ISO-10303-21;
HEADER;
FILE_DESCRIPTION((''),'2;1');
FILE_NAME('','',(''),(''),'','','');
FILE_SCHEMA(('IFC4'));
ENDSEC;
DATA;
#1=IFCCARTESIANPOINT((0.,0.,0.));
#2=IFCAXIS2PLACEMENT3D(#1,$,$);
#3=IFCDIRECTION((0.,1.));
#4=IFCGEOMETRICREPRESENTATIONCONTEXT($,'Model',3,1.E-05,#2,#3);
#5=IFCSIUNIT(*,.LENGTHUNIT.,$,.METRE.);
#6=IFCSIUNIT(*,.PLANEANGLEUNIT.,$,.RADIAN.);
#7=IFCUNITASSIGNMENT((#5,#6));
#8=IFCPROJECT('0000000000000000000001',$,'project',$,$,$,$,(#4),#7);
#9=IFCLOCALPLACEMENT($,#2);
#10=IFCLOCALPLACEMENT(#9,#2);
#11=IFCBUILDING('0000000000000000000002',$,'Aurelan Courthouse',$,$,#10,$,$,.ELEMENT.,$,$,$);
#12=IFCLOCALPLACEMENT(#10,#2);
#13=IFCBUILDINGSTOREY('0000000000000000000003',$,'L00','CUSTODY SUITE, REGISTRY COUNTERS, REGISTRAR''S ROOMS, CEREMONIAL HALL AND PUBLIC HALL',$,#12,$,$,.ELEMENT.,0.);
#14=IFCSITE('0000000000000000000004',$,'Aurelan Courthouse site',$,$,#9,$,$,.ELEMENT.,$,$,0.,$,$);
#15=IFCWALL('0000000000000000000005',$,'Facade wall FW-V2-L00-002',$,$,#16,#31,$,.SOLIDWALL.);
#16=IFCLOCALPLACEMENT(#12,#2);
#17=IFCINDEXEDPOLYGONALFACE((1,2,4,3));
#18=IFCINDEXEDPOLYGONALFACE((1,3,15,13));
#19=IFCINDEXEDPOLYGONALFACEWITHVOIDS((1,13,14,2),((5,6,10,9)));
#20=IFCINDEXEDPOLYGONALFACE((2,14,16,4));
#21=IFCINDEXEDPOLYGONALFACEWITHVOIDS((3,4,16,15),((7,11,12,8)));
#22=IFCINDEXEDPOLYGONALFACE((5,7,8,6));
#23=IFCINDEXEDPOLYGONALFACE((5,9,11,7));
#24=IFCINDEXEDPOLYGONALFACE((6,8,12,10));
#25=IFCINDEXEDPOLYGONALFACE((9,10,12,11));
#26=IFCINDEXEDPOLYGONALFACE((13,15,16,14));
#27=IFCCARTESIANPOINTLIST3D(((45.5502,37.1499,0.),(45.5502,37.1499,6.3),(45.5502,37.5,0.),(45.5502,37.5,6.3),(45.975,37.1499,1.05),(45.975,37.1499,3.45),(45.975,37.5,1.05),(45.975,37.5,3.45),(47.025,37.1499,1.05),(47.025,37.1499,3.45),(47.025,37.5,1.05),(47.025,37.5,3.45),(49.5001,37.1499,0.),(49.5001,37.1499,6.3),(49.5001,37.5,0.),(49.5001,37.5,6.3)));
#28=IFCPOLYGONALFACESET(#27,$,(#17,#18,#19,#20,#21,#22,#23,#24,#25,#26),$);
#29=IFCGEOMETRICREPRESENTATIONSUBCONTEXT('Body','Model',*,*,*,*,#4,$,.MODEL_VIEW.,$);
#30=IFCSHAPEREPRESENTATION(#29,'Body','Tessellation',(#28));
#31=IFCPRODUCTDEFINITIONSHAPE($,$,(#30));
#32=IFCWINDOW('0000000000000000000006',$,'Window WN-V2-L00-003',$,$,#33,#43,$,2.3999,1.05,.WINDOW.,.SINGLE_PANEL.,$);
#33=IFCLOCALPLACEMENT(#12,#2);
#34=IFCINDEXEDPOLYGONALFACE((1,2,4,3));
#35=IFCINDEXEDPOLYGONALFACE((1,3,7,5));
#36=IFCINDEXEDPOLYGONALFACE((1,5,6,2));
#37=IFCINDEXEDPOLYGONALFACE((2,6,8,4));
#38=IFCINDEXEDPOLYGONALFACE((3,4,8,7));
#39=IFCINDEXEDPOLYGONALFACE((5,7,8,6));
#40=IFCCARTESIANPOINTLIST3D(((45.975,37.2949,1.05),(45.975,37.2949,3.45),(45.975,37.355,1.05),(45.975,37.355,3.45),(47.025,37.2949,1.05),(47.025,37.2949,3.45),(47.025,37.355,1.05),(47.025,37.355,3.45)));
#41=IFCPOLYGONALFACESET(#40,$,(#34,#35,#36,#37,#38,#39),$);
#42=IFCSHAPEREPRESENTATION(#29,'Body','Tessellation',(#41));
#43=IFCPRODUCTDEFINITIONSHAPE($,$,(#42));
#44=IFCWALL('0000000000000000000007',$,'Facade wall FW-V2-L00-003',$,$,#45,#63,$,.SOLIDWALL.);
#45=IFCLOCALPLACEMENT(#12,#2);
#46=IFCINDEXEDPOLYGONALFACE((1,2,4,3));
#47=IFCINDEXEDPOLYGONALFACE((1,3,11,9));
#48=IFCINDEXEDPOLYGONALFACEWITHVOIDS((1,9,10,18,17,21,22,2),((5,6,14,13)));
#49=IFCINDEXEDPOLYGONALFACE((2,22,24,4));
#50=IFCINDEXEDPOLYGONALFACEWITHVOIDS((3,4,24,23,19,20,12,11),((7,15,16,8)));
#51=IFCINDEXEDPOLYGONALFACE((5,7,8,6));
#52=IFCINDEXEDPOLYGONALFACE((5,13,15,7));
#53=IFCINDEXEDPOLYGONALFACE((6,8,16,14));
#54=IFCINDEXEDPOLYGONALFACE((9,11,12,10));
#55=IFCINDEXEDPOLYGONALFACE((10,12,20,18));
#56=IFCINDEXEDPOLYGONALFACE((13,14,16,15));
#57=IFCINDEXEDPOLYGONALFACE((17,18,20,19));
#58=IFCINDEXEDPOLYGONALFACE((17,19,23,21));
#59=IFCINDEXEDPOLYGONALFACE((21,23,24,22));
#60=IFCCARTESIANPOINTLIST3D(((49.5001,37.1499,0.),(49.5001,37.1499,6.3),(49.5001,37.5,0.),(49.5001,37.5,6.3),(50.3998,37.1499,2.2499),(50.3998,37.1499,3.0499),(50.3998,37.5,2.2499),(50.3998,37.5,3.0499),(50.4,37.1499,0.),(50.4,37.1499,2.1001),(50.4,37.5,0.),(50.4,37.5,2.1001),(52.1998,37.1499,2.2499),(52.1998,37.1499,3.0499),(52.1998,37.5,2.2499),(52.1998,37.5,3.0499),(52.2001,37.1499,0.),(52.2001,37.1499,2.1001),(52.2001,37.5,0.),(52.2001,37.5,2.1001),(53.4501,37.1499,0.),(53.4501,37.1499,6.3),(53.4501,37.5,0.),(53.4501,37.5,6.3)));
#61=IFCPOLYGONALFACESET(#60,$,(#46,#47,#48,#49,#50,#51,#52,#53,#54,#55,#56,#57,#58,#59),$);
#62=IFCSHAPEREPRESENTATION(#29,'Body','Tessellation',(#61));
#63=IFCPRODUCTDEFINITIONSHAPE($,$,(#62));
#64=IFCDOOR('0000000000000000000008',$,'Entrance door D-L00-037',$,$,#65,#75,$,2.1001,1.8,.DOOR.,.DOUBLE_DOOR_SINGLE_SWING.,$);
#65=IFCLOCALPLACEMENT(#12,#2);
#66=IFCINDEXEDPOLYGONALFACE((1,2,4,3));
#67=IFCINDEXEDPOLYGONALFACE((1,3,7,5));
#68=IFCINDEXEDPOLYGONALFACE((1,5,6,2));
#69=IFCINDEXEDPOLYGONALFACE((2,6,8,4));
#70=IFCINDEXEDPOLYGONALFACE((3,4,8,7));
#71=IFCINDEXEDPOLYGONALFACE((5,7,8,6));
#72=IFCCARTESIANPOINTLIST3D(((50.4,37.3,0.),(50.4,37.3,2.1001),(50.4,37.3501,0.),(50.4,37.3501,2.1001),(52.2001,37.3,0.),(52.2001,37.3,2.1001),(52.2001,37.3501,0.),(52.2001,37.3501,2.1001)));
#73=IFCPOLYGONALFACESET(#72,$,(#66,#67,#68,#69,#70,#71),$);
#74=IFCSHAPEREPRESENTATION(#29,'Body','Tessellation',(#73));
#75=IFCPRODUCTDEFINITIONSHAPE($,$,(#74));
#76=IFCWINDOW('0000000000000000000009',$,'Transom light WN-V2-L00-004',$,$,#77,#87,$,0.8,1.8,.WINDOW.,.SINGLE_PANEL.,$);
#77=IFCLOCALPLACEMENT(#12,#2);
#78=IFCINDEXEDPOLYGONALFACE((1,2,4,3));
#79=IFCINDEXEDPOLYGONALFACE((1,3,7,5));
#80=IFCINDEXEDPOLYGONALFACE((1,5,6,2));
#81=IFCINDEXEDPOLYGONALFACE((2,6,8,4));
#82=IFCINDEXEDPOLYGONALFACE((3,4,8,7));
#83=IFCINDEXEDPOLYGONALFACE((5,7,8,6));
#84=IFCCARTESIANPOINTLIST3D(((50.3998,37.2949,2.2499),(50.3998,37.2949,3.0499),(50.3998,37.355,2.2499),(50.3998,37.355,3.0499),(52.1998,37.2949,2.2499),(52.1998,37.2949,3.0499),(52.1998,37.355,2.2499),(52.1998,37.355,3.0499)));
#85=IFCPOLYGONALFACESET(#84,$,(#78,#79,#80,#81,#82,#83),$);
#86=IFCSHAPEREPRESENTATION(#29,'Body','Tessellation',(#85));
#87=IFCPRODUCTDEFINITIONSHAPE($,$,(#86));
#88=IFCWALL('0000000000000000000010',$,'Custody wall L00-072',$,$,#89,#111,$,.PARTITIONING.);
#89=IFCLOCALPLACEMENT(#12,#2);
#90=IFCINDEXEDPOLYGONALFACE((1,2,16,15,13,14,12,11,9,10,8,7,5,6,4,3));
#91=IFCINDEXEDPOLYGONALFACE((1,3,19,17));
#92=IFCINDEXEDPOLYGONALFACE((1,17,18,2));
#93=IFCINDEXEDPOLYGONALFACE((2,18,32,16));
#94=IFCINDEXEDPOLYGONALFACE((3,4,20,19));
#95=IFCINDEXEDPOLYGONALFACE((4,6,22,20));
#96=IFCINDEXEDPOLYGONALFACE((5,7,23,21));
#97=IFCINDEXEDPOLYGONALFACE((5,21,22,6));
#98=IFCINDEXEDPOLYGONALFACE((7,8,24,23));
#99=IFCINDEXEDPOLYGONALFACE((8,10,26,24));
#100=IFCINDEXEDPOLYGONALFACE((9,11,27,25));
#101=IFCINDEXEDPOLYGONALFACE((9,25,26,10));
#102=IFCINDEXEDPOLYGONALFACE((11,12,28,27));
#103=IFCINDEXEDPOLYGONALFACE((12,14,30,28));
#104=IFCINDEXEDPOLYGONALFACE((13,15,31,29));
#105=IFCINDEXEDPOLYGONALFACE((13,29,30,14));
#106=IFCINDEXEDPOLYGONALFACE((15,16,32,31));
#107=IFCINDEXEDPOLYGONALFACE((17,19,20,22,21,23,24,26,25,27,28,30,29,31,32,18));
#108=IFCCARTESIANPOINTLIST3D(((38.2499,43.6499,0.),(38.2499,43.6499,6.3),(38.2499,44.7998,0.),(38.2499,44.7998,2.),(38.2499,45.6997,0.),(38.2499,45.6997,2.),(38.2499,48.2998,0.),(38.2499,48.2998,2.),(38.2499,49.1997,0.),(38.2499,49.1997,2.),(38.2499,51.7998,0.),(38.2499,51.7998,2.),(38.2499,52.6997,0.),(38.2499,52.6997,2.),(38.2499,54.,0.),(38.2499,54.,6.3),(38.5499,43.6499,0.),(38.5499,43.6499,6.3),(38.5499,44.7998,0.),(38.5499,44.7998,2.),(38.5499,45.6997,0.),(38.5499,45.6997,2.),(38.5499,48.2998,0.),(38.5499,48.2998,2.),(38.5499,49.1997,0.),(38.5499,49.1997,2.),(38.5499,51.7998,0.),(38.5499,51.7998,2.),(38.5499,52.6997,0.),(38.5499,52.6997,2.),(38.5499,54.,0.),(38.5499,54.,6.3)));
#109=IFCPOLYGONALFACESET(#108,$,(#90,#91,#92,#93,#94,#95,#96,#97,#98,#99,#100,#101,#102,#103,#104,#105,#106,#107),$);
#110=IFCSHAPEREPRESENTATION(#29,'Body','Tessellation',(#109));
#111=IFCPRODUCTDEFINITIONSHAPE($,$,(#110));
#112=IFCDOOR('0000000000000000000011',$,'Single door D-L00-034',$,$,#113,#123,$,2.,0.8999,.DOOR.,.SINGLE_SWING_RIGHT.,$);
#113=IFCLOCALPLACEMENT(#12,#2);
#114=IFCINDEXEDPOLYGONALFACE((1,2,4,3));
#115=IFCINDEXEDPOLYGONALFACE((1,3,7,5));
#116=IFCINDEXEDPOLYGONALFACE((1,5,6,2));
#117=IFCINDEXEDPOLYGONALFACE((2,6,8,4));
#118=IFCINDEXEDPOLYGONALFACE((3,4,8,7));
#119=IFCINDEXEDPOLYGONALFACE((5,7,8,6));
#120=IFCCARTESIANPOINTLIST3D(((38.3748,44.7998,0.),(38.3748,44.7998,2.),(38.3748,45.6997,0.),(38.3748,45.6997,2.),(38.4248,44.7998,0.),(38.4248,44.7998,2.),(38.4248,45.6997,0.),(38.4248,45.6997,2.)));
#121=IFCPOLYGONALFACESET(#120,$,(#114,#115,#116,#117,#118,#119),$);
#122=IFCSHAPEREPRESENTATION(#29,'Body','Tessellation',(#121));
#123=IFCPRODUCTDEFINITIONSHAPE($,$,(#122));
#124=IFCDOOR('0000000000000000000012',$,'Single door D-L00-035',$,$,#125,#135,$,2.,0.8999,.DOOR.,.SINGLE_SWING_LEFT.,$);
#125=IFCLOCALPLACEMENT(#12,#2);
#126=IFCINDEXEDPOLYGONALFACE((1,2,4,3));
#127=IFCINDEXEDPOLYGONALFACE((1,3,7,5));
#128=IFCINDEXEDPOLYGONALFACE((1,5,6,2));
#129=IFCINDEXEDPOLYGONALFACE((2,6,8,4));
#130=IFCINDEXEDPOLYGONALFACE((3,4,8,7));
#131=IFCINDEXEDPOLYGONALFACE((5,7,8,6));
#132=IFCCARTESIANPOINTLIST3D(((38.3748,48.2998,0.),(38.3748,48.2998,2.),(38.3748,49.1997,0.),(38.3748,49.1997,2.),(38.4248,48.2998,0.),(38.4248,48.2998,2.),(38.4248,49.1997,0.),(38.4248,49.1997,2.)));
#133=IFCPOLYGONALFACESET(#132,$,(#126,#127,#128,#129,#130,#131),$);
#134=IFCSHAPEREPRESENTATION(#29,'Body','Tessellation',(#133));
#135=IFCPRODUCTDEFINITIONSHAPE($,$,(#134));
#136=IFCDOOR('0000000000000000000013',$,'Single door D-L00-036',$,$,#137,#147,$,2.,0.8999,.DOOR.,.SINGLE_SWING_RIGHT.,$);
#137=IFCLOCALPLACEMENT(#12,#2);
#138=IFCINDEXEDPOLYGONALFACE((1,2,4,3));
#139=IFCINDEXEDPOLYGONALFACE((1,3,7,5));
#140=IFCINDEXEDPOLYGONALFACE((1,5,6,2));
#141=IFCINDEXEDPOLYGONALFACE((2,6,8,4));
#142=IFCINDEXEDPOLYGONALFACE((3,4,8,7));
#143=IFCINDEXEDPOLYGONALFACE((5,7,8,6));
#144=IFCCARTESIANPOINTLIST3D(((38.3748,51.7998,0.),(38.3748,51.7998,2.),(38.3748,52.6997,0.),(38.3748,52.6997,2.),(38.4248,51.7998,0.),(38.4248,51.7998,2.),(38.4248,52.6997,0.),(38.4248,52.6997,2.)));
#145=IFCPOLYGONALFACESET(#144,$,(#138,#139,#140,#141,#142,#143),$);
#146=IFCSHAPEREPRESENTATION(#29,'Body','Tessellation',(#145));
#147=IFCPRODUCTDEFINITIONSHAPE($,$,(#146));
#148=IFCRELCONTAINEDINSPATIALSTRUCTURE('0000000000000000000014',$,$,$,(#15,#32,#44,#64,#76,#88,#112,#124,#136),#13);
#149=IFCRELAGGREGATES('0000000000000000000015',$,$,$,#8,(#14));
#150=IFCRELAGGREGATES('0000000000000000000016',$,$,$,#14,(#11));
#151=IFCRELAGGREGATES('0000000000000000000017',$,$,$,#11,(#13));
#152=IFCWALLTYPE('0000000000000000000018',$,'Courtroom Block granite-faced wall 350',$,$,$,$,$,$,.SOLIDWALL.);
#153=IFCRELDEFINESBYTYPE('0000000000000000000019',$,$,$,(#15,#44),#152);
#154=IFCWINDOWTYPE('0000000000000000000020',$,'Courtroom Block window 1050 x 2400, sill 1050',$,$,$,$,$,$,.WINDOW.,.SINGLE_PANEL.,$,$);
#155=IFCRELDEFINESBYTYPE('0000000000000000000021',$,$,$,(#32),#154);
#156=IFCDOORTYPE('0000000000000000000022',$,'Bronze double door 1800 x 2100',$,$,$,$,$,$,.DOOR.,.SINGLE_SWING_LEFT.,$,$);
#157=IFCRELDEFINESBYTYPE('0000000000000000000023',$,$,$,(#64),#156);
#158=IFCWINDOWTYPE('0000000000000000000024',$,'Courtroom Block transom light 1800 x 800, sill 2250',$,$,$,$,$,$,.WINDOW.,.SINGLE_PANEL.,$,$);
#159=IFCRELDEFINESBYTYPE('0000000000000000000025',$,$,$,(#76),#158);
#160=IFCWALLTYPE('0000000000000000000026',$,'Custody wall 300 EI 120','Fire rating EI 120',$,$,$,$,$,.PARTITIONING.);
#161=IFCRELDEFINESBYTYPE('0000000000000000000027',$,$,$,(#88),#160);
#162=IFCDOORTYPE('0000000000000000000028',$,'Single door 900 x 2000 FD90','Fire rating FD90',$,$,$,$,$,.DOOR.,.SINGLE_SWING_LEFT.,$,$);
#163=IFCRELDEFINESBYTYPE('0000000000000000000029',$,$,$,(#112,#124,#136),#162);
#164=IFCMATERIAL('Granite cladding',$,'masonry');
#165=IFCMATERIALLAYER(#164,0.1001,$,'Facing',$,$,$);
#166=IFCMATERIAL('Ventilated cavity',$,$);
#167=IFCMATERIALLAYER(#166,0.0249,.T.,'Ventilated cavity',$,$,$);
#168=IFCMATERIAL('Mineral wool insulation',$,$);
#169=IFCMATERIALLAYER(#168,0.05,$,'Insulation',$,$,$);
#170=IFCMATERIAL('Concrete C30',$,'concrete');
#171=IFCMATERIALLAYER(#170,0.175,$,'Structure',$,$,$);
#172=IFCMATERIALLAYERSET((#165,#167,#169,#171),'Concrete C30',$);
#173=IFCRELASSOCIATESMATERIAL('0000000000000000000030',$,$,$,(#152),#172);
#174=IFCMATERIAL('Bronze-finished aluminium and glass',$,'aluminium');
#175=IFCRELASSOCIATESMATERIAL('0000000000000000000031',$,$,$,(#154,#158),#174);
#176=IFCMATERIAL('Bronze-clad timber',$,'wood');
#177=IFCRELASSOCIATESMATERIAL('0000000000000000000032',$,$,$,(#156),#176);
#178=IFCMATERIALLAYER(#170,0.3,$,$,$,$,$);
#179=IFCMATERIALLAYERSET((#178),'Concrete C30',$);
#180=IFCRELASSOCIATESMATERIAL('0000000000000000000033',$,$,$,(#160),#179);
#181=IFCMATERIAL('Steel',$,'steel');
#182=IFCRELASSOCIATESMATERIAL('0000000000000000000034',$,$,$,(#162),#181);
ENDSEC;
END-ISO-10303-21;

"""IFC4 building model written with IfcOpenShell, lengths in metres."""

from ifc_helpers import new_model, si_unit, direction, frame, frame_2d, origin, place, context, subcontext, project, spatial, rectangle, extrude, material, layer, layer_set, type_object, element, fill, save


model = new_model("IFC4")

# Units and contexts
model_context = context("Model", 3, precision=1e-05, world=origin(), true_north=direction((0.0, 1.0)))
body_context = subcontext(model_context, "Body", "Model", "MODEL_VIEW")
ifc_project = project(units=[si_unit("LENGTHUNIT", "METRE"), si_unit("PLANEANGLEUNIT", "RADIAN")], contexts=[model_context])

# Site, building, storey
site_placement = place(None, origin())
site = spatial("IfcSite", under=ifc_project, at=site_placement, Name="Aurelan Courthouse site", CompositionType="ELEMENT", RefElevation=0.0)
building_placement = place(site_placement, origin())
building = spatial("IfcBuilding", under=site, at=building_placement, Name="Aurelan Courthouse", CompositionType="ELEMENT")
storey_placement = place(building_placement, origin())
storey = spatial("IfcBuildingStorey", under=building, at=storey_placement, Name="L00", Description="CUSTODY SUITE, REGISTRY COUNTERS, REGISTRAR'S ROOMS, CEREMONIAL HALL AND PUBLIC HALL", CompositionType="ELEMENT", Elevation=0.0)

# Shared definitions
ifc_material_1 = material(Name="Steel", Category="steel")

# Wall, opening, window
ifc_material_2 = material(Name="Granite cladding", Category="masonry")
ifc_layer_1 = layer(ifc_material_2, 0.1001, Name="Facing")
ifc_material_3 = material(Name="Ventilated cavity")
ifc_layer_2 = layer(ifc_material_3, 0.0249, ventilated=True, Name="Ventilated cavity")
ifc_material_4 = material(Name="Mineral wool insulation")
ifc_layer_3 = layer(ifc_material_4, 0.05, Name="Insulation")
ifc_material_5 = material(Name="Concrete C30", Category="concrete")
ifc_layer_4 = layer(ifc_material_5, 0.175, Name="Structure")
ifc_layer_set_1 = layer_set([ifc_layer_1, ifc_layer_2, ifc_layer_3, ifc_layer_4], Name="Concrete C30")
wall_type_1 = type_object("IfcWallType", Name="Courtroom Block granite-faced wall 350", PredefinedType="SOLIDWALL", material=ifc_layer_set_1)
wall_1_placement = place(storey_placement, frame((45.55, 37.325, 0.0), z_axis=(0.0, 0.0, 1.0), x_axis=(1.0, 0.0, 0.0)))
wall_1 = element("IfcWall", 1, at=wall_1_placement, inside=storey, type_object=wall_type_1, Name="Facade wall FW-V2-L00-002", PredefinedType="SOLIDWALL", context=body_context, shape_type="SweptSolid", body=[
    extrude(rectangle(XDim=3.95, YDim=0.3501, at=frame_2d((1.9751, 0.0))), origin(), (0.0, 0.0, 1.0), 6.3),
])
opening_1_placement = place(wall_1_placement, frame((0.425, 0.0, 1.05)))
opening_1 = element("IfcOpeningElement", 2, at=opening_1_placement, cuts=wall_1, PredefinedType="OPENING", context=body_context, shape_type="SweptSolid", body=[
    extrude(rectangle(XDim=1.05, YDim=2.3999, at=frame_2d((0.5249, 1.2))), frame((0.0, 0.1851, 0.0), z_axis=(0.0, -1.0, 0.0), x_axis=(1.0, 0.0, 0.0)), (0.0, 0.0, 1.0), 0.3701),
])
ifc_material_6 = material(Name="Bronze-finished aluminium and glass", Category="aluminium")
window_type_1 = type_object("IfcWindowType", Name="Courtroom Block window 1050 x 2400, sill 1050", PartitioningType="SINGLE_PANEL", PredefinedType="WINDOW", material=ifc_material_6)
window_1_placement = place(opening_1_placement, origin())
window_1 = element("IfcWindow", 3, at=window_1_placement, inside=storey, type_object=window_type_1, Name="Window WN-V2-L00-003", OverallHeight=2.3999, OverallWidth=1.05, PartitioningType="SINGLE_PANEL", PredefinedType="WINDOW", context=body_context, shape_type="SweptSolid", body=[
    extrude(rectangle(XDim=1.05, YDim=2.3999, at=frame_2d((0.5249, 1.2))), frame((0.0, 0.03, 0.0), z_axis=(0.0, -1.0, 0.0), x_axis=(1.0, 0.0, 0.0)), (0.0, 0.0, 1.0), 0.0601),
])
fill(opening_1, window_1)

# Wall, openings, door, window
wall_2_placement = place(storey_placement, frame((49.5, 37.325, 0.0), z_axis=(0.0, 0.0, 1.0), x_axis=(1.0, 0.0, 0.0)))
wall_2 = element("IfcWall", 4, at=wall_2_placement, inside=storey, type_object=wall_type_1, Name="Facade wall FW-V2-L00-003", PredefinedType="SOLIDWALL", context=body_context, shape_type="SweptSolid", body=[
    extrude(rectangle(XDim=3.95, YDim=0.3501, at=frame_2d((1.9751, 0.0))), origin(), (0.0, 0.0, 1.0), 6.3),
])
opening_2_placement = place(wall_2_placement, frame((2.7, 0.0, 0.0), z_axis=(0.0, 0.0, 1.0), x_axis=(-1.0, 0.0, 0.0)))
opening_2 = element("IfcOpeningElement", 5, at=opening_2_placement, cuts=wall_2, PredefinedType="OPENING", context=body_context, shape_type="SweptSolid", body=[
    extrude(rectangle(XDim=1.8, YDim=2.1001, at=frame_2d((0.8999, 1.05))), frame((0.0, 0.1851, 0.0), z_axis=(0.0, -1.0, 0.0), x_axis=(1.0, 0.0, 0.0)), (0.0, 0.0, 1.0), 0.3701),
])
opening_3_placement = place(wall_2_placement, frame((0.8999, 0.0, 2.25)))
opening_3 = element("IfcOpeningElement", 6, at=opening_3_placement, cuts=wall_2, PredefinedType="OPENING", context=body_context, shape_type="SweptSolid", body=[
    extrude(rectangle(XDim=1.8, YDim=0.8, at=frame_2d((0.8999, 0.3999))), frame((0.0, 0.1851, 0.0), z_axis=(0.0, -1.0, 0.0), x_axis=(1.0, 0.0, 0.0)), (0.0, 0.0, 1.0), 0.3701),
])
ifc_material_7 = material(Name="Bronze-clad timber", Category="wood")
door_type_1 = type_object("IfcDoorType", Name="Bronze double door 1800 x 2100", OperationType="SINGLE_SWING_LEFT", PredefinedType="DOOR", material=ifc_material_7)
door_1_placement = place(opening_2_placement, origin())
door_1 = element("IfcDoor", 7, at=door_1_placement, inside=storey, type_object=door_type_1, Name="Entrance door D-L00-037", OperationType="DOUBLE_DOOR_SINGLE_SWING", OverallHeight=2.1001, OverallWidth=1.8, PredefinedType="DOOR", context=body_context, shape_type="SweptSolid", body=[
    extrude(rectangle(XDim=1.8, YDim=2.1001, at=frame_2d((0.8999, 1.05))), frame((0.0, 0.0249, 0.0), z_axis=(0.0, -1.0, 0.0), x_axis=(1.0, 0.0, 0.0)), (0.0, 0.0, 1.0), 0.05),
])
fill(opening_2, door_1)
window_type_2 = type_object("IfcWindowType", Name="Courtroom Block transom light 1800 x 800, sill 2250", PartitioningType="SINGLE_PANEL", PredefinedType="WINDOW", material=ifc_material_6)
window_2_placement = place(opening_3_placement, origin())
window_2 = element("IfcWindow", 8, at=window_2_placement, inside=storey, type_object=window_type_2, Name="Transom light WN-V2-L00-004", OverallHeight=0.8, OverallWidth=1.8, PartitioningType="SINGLE_PANEL", PredefinedType="WINDOW", context=body_context, shape_type="SweptSolid", body=[
    extrude(rectangle(XDim=1.8, YDim=0.8, at=frame_2d((0.8999, 0.3999))), frame((0.0, 0.03, 0.0), z_axis=(0.0, -1.0, 0.0), x_axis=(1.0, 0.0, 0.0)), (0.0, 0.0, 1.0), 0.0601),
])
fill(opening_3, window_2)

# Wall, openings, doors
ifc_layer_5 = layer(ifc_material_5, 0.3)
ifc_layer_set_2 = layer_set([ifc_layer_5], Name="Concrete C30")
wall_type_2 = type_object("IfcWallType", Name="Custody wall 300 EI 120", Description="Fire rating EI 120", PredefinedType="PARTITIONING", material=ifc_layer_set_2)
wall_3_placement = place(storey_placement, frame((38.3999, 43.6499, 0.0), z_axis=(0.0, 0.0, 1.0), x_axis=(0.0, 1.0, 0.0)))
wall_3 = element("IfcWall", 9, at=wall_3_placement, inside=storey, type_object=wall_type_2, Name="Custody wall L00-072", PredefinedType="PARTITIONING", context=body_context, shape_type="SweptSolid", body=[
    extrude(rectangle(XDim=10.3501, YDim=0.3, at=frame_2d((5.175, 0.0))), origin(), (0.0, 0.0, 1.0), 6.3),
])
opening_4_placement = place(wall_3_placement, frame((2.0498, 0.0, 0.0), z_axis=(0.0, 0.0, 1.0), x_axis=(-1.0, 0.0, 0.0)))
opening_4 = element("IfcOpeningElement", 10, at=opening_4_placement, cuts=wall_3, PredefinedType="OPENING", context=body_context, shape_type="SweptSolid", body=[
    extrude(rectangle(XDim=0.8999, YDim=2.0, at=frame_2d((0.45, 1.0))), frame((0.0, 0.1599, 0.0), z_axis=(0.0, -1.0, 0.0), x_axis=(1.0, 0.0, 0.0)), (0.0, 0.0, 1.0), 0.3201),
])
opening_5_placement = place(wall_3_placement, frame((5.5498, 0.0, 0.0), z_axis=(0.0, 0.0, 1.0), x_axis=(-1.0, 0.0, 0.0)))
opening_5 = element("IfcOpeningElement", 11, at=opening_5_placement, cuts=wall_3, PredefinedType="OPENING", context=body_context, shape_type="SweptSolid", body=[
    extrude(rectangle(XDim=0.8999, YDim=2.0, at=frame_2d((0.45, 1.0))), frame((0.0, 0.1599, 0.0), z_axis=(0.0, -1.0, 0.0), x_axis=(1.0, 0.0, 0.0)), (0.0, 0.0, 1.0), 0.3201),
])
opening_6_placement = place(wall_3_placement, frame((9.0498, 0.0, 0.0), z_axis=(0.0, 0.0, 1.0), x_axis=(-1.0, 0.0, 0.0)))
opening_6 = element("IfcOpeningElement", 12, at=opening_6_placement, cuts=wall_3, PredefinedType="OPENING", context=body_context, shape_type="SweptSolid", body=[
    extrude(rectangle(XDim=0.8999, YDim=2.0, at=frame_2d((0.45, 1.0))), frame((0.0, 0.1599, 0.0), z_axis=(0.0, -1.0, 0.0), x_axis=(1.0, 0.0, 0.0)), (0.0, 0.0, 1.0), 0.3201),
])
door_type_2 = type_object("IfcDoorType", Name="Single door 900 x 2000 FD90", Description="Fire rating FD90", OperationType="SINGLE_SWING_LEFT", PredefinedType="DOOR", material=ifc_material_1)
door_2_placement = place(opening_4_placement, origin())
door_2 = element("IfcDoor", 13, at=door_2_placement, inside=storey, type_object=door_type_2, Name="Single door D-L00-034", OperationType="SINGLE_SWING_RIGHT", OverallHeight=2.0, OverallWidth=0.8999, PredefinedType="DOOR", context=body_context, shape_type="SweptSolid", body=[
    extrude(rectangle(XDim=0.8999, YDim=2.0, at=frame_2d((0.45, 1.0))), frame((0.0, 0.0249, 0.0), z_axis=(0.0, -1.0, 0.0), x_axis=(1.0, 0.0, 0.0)), (0.0, 0.0, 1.0), 0.05),
])
fill(opening_4, door_2)
door_3_placement = place(opening_5_placement, origin())
door_3 = element("IfcDoor", 14, at=door_3_placement, inside=storey, type_object=door_type_2, Name="Single door D-L00-035", OperationType="SINGLE_SWING_LEFT", OverallHeight=2.0, OverallWidth=0.8999, PredefinedType="DOOR", context=body_context, shape_type="SweptSolid", body=[
    extrude(rectangle(XDim=0.8999, YDim=2.0, at=frame_2d((0.45, 1.0))), frame((0.0, 0.0249, 0.0), z_axis=(0.0, -1.0, 0.0), x_axis=(1.0, 0.0, 0.0)), (0.0, 0.0, 1.0), 0.05),
])
fill(opening_5, door_3)
door_4_placement = place(opening_6_placement, origin())
door_4 = element("IfcDoor", 15, at=door_4_placement, inside=storey, type_object=door_type_2, Name="Single door D-L00-036", OperationType="SINGLE_SWING_RIGHT", OverallHeight=2.0, OverallWidth=0.8999, PredefinedType="DOOR", context=body_context, shape_type="SweptSolid", body=[
    extrude(rectangle(XDim=0.8999, YDim=2.0, at=frame_2d((0.45, 1.0))), frame((0.0, 0.0249, 0.0), z_axis=(0.0, -1.0, 0.0), x_axis=(1.0, 0.0, 0.0)), (0.0, 0.0, 1.0), 0.05),
])
fill(opening_6, door_4)

save(model, "model.ifc")
